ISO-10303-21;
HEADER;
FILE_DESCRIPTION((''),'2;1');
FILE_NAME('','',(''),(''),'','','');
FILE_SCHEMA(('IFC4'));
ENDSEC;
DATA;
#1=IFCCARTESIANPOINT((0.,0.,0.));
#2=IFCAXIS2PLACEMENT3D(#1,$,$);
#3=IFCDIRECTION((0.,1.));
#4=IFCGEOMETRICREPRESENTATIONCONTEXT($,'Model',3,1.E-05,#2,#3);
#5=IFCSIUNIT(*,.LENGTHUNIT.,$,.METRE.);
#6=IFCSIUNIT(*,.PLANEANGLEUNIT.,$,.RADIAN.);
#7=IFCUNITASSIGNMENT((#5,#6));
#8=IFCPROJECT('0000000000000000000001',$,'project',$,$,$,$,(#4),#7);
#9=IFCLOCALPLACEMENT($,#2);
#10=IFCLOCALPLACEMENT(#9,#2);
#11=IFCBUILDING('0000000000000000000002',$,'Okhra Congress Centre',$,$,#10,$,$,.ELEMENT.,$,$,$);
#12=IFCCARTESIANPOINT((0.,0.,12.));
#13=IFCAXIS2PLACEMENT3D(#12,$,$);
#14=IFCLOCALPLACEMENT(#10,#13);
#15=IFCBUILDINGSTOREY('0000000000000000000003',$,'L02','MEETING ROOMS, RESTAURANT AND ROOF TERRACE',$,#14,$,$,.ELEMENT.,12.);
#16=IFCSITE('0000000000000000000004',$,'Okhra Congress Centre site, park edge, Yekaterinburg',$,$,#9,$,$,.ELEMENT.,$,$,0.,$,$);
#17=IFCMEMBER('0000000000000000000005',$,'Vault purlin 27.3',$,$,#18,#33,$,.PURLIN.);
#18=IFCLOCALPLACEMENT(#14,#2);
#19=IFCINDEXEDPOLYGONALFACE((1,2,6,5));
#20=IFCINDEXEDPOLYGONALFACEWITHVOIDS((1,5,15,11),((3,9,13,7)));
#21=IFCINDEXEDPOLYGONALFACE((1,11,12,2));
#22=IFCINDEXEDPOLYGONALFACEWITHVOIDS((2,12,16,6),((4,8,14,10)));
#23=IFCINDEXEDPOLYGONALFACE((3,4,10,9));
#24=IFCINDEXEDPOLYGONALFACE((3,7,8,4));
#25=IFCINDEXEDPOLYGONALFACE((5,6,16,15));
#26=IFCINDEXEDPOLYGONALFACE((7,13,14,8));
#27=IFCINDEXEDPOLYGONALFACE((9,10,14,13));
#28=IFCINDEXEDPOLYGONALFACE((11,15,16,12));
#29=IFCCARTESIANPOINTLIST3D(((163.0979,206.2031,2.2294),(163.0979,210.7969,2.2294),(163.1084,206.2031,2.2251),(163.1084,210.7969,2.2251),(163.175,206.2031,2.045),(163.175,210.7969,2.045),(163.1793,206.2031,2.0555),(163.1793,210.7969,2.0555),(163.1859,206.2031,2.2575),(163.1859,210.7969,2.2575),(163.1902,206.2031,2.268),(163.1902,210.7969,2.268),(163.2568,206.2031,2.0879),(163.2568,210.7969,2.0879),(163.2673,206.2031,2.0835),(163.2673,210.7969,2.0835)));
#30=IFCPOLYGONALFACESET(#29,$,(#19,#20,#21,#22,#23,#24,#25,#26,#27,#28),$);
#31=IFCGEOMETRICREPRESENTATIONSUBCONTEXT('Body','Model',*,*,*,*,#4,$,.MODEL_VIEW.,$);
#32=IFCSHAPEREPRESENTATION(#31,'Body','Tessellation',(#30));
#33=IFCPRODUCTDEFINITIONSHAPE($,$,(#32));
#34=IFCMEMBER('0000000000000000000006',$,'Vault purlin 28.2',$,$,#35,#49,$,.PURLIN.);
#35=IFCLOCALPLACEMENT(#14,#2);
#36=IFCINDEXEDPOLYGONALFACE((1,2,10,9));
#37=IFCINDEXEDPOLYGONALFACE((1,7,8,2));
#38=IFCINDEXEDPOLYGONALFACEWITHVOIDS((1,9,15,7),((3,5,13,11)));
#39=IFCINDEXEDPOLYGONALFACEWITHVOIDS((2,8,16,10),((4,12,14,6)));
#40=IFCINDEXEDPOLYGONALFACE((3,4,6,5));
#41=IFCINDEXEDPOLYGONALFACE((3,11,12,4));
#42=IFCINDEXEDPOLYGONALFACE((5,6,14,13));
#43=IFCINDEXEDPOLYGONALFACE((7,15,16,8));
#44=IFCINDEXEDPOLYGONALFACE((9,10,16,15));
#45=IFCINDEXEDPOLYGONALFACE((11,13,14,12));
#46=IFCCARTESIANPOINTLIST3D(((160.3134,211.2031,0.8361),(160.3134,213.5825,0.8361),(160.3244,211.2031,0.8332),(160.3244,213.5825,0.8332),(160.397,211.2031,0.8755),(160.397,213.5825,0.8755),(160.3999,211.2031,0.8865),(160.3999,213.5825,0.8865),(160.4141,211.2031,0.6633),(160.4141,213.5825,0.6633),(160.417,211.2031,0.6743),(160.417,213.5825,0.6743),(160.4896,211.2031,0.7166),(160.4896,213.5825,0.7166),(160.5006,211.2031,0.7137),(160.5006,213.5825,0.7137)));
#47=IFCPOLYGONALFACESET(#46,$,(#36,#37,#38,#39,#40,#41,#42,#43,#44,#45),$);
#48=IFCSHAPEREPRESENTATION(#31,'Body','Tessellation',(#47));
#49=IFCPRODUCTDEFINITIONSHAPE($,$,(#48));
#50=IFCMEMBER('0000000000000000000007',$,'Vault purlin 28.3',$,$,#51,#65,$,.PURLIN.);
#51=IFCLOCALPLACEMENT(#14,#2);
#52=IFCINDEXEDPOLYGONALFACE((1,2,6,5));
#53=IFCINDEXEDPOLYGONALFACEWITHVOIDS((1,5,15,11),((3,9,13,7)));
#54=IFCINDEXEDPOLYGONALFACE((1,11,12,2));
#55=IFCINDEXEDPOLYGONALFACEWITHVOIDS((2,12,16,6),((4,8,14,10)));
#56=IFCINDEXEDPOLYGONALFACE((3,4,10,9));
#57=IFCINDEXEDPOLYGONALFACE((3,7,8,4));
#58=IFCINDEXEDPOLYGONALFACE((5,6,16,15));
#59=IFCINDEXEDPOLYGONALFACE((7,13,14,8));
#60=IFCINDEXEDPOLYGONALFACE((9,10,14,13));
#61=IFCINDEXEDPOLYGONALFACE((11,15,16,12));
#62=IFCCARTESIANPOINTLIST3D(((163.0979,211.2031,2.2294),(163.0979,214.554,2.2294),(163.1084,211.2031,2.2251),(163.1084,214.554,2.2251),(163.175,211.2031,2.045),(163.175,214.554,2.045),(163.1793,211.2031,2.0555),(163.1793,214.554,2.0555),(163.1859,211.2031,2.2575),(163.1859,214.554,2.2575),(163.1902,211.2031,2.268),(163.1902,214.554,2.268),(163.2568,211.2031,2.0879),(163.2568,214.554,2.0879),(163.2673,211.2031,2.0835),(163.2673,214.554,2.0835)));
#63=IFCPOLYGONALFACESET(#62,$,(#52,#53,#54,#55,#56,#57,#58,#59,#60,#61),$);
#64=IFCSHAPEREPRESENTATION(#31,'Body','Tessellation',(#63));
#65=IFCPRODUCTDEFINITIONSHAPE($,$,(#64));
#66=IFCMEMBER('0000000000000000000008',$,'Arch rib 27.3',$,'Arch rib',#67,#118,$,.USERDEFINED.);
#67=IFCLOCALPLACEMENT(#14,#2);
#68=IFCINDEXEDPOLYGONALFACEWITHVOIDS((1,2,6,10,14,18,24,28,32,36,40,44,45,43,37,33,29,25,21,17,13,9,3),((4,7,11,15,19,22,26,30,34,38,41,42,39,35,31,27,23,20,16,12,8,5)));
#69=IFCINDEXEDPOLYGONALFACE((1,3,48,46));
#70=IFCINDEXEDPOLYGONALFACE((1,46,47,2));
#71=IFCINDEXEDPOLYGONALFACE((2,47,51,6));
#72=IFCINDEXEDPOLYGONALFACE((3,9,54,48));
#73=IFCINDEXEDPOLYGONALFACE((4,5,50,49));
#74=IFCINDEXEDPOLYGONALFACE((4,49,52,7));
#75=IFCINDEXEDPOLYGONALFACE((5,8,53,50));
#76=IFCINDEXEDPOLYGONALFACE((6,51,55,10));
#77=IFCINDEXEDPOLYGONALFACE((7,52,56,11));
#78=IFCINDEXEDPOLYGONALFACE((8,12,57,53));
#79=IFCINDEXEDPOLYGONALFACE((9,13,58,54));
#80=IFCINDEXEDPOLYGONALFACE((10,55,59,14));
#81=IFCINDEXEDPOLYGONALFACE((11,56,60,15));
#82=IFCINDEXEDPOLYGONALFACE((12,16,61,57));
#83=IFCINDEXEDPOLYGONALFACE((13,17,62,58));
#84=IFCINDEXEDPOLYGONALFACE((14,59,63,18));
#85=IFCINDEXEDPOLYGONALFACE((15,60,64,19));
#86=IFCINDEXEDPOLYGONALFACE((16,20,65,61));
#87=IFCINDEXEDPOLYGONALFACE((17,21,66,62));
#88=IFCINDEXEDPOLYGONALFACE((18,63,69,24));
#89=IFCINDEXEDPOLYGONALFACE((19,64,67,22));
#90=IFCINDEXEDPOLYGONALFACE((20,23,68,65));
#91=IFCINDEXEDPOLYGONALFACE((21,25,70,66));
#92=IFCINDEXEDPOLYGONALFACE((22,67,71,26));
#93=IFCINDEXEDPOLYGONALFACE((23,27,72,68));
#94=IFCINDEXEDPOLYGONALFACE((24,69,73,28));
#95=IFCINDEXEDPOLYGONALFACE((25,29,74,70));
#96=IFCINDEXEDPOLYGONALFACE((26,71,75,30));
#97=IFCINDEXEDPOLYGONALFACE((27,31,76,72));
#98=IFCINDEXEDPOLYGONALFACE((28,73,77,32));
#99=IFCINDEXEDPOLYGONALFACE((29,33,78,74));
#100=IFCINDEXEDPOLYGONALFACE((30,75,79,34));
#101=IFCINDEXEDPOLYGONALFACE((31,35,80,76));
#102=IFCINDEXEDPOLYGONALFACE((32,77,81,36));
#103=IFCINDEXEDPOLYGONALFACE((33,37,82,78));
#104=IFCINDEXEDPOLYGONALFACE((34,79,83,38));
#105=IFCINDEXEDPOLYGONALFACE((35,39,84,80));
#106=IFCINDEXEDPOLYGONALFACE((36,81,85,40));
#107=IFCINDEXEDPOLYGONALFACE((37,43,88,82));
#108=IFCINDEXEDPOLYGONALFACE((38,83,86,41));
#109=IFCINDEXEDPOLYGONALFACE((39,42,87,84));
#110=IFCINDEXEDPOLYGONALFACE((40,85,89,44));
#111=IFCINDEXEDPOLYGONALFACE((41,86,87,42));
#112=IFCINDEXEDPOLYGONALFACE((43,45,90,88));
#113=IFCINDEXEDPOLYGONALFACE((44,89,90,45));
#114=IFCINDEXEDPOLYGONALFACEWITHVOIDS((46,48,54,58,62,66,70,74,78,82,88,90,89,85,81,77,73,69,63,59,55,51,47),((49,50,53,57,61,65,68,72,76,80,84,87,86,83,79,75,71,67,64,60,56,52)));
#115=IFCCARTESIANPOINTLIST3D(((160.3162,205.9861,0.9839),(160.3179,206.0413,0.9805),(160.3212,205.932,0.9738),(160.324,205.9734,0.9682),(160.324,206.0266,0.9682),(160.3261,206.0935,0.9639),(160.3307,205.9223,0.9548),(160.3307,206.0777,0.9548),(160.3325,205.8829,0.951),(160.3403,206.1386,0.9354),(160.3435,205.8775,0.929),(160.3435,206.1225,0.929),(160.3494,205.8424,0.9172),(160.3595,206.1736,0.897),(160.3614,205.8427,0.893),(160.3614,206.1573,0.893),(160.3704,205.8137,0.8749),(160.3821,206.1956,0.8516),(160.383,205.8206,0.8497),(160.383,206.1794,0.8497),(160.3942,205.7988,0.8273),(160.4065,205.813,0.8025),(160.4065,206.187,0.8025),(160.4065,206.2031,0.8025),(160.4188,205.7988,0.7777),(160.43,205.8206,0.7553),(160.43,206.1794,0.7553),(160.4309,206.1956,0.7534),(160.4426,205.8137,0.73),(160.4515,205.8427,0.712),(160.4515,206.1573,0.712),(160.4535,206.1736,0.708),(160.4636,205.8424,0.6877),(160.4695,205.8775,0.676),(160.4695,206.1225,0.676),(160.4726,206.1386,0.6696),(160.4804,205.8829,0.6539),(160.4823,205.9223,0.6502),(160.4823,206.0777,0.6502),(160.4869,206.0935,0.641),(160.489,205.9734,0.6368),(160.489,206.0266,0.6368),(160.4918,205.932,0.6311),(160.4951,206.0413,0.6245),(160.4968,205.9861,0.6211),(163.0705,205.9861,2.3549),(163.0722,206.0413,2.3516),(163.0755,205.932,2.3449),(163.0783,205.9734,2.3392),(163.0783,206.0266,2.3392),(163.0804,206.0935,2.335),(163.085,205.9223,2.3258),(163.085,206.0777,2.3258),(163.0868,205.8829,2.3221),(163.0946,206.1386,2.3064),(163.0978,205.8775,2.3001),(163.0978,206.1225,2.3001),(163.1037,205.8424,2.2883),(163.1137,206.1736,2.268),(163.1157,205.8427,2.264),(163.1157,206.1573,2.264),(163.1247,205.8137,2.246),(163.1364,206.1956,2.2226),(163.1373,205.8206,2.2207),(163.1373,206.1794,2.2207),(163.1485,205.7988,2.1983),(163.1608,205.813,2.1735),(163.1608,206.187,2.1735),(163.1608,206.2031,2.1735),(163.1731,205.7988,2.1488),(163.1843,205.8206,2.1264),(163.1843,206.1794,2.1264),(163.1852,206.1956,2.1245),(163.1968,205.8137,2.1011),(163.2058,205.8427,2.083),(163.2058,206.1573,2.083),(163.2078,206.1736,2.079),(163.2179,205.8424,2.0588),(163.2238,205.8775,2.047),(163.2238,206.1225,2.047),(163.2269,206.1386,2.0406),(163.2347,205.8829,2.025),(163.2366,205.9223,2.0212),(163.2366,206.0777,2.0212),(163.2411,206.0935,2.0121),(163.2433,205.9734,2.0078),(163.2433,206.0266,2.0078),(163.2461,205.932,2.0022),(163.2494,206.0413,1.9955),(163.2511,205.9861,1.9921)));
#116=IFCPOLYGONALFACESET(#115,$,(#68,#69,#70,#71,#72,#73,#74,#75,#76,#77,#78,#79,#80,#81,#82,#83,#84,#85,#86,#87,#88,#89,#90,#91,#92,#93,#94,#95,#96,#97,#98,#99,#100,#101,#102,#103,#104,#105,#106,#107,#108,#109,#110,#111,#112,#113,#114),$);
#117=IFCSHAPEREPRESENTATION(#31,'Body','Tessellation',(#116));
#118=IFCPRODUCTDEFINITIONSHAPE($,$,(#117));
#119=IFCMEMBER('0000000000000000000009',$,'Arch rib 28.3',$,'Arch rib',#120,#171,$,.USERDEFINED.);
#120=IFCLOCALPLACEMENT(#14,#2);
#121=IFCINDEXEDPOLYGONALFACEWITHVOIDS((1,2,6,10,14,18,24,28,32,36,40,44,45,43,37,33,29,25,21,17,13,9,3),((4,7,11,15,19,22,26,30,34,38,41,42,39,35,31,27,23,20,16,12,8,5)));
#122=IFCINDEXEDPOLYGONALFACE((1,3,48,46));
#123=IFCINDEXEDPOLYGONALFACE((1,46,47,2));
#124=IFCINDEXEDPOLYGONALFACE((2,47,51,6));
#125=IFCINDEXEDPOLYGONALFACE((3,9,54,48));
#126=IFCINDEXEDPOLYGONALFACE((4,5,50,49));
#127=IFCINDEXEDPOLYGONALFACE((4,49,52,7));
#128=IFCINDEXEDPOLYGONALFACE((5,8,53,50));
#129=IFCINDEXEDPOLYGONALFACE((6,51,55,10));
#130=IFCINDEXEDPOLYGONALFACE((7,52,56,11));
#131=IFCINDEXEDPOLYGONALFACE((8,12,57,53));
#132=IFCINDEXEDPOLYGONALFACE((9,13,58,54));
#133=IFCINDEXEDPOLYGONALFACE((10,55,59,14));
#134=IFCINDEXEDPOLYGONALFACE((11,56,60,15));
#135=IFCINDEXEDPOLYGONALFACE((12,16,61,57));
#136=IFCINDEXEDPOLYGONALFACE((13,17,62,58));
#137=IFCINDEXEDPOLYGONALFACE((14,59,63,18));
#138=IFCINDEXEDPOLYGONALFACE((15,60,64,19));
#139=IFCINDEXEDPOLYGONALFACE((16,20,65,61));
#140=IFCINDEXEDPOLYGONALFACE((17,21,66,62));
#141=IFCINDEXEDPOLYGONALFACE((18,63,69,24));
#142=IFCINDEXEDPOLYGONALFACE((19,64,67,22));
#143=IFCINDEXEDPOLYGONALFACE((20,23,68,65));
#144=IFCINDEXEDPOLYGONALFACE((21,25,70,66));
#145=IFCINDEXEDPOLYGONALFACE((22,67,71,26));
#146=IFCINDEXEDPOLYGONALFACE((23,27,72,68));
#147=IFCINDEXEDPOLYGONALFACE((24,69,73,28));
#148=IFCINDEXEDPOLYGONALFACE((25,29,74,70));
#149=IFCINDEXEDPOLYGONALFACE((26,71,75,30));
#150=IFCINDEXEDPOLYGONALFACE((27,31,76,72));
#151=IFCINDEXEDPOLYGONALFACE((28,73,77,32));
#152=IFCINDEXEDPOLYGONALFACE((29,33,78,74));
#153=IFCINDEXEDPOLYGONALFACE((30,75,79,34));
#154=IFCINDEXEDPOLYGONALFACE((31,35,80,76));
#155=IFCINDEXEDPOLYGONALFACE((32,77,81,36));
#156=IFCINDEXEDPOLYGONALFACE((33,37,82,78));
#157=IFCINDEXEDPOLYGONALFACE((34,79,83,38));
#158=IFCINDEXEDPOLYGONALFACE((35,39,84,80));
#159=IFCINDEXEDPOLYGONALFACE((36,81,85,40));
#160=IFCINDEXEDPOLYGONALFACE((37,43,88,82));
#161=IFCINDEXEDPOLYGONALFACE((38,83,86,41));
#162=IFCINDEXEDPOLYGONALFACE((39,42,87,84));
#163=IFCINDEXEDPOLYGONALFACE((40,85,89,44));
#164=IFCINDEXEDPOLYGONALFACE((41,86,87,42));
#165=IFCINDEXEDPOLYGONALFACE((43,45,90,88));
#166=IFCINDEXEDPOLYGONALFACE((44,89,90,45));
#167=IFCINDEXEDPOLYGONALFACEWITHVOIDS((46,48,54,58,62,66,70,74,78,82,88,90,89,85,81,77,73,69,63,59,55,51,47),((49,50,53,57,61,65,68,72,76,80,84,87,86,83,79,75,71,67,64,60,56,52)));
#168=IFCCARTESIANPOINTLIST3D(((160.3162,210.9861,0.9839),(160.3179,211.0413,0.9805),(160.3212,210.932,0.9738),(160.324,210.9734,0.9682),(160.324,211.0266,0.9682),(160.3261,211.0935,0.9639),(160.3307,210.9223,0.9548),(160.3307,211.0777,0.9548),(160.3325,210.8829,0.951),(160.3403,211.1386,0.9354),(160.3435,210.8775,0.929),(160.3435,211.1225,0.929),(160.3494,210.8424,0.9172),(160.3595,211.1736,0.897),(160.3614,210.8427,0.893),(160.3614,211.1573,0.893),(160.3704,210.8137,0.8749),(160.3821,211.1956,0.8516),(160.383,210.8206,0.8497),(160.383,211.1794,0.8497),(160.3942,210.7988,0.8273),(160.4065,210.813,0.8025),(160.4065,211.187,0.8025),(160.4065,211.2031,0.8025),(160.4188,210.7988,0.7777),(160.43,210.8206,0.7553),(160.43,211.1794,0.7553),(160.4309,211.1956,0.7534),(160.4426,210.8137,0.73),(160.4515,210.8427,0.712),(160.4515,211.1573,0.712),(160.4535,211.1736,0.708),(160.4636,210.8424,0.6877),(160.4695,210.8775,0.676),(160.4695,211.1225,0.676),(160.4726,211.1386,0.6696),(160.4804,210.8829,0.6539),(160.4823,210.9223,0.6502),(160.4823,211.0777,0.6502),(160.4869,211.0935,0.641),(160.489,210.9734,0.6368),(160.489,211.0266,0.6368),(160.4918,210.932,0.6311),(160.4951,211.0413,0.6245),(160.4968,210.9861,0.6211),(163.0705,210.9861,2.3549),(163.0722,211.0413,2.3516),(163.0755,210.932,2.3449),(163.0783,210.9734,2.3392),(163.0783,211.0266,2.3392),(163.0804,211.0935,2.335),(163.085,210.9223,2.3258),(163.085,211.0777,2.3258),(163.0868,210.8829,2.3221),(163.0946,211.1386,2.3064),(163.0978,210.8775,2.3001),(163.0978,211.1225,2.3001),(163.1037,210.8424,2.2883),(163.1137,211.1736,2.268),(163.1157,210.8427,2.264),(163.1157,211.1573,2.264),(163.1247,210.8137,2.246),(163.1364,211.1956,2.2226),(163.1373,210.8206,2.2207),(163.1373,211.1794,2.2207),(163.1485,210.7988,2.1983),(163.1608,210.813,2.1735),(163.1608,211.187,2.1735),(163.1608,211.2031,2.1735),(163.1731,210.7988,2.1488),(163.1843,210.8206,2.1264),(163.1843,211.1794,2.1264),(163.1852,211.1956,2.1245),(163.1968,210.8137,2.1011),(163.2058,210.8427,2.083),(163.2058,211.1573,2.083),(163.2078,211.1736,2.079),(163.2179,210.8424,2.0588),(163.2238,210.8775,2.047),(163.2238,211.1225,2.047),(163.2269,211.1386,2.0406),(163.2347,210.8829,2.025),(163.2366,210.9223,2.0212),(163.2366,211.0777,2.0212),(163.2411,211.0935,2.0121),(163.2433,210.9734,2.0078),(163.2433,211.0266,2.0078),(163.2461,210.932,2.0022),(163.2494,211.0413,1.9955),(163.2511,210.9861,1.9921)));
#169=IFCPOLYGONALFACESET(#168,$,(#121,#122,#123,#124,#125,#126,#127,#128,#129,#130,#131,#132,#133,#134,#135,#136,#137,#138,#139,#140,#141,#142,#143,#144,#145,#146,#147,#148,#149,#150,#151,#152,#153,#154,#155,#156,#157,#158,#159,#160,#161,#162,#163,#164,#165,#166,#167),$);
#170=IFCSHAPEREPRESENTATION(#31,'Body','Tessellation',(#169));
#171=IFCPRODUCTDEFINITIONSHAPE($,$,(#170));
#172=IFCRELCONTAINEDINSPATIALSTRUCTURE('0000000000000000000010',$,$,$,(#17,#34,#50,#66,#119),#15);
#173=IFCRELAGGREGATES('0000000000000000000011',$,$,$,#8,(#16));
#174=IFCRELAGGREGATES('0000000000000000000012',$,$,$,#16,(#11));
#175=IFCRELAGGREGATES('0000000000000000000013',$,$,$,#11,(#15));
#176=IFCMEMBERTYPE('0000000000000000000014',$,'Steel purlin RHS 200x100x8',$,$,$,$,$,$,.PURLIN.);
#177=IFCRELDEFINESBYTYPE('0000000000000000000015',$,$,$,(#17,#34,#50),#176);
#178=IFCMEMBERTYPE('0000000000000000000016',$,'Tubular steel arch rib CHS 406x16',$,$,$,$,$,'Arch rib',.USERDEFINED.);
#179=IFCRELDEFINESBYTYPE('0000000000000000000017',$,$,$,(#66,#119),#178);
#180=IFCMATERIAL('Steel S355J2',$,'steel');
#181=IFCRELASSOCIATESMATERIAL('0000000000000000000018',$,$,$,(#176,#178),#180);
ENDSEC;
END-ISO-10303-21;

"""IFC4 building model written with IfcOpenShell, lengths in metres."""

from ifc_helpers import new_model, si_unit, direction, frame, origin, origin_2d, place, context, subcontext, project, spatial, hollow_rectangle, hollow_circle, extrude, material, material_profile, profile_set, type_object, element, save


model = new_model("IFC4")

# Units and contexts
model_context = context("Model", 3, precision=1e-05, world=origin(), true_north=direction((0.0, 1.0)))
body_context = subcontext(model_context, "Body", "Model", "MODEL_VIEW")
ifc_project = project(units=[si_unit("LENGTHUNIT", "METRE"), si_unit("PLANEANGLEUNIT", "RADIAN")], contexts=[model_context])

# Site, building, storey
site_placement = place(None, origin())
site = spatial("IfcSite", under=ifc_project, at=site_placement, Name="Okhra Congress Centre site, park edge, Yekaterinburg", CompositionType="ELEMENT", RefElevation=0.0)
building_placement = place(site_placement, origin())
building = spatial("IfcBuilding", under=site, at=building_placement, Name="Okhra Congress Centre", CompositionType="ELEMENT")
storey_placement = place(building_placement, frame((0.0, 0.0, 12.0)))
storey = spatial("IfcBuildingStorey", under=building, at=storey_placement, Name="L02", Description="MEETING ROOMS, RESTAURANT AND ROOF TERRACE", CompositionType="ELEMENT", Elevation=12.0)

# Members
ifc_material_1 = material(Name="Steel S355J2", Category="steel")
ifc_material_profile_1 = material_profile(ifc_material_1, hollow_rectangle(XDim=0.1001, YDim=0.2, WallThickness=0.0081, at=origin_2d()), Name="RHS 200x100x8")
ifc_profile_set_1 = profile_set([ifc_material_profile_1], Name="Steel S355J2")
member_type_1 = type_object("IfcMemberType", Name="Steel purlin RHS 200x100x8", PredefinedType="PURLIN", material=ifc_profile_set_1)
for number, where, z_axis, x_axis, name in (
    (1, (163.1826, 206.2031, 2.1565), (0.0, 1.0, 0.0), (-0.922669, 0.0, -0.385593), "Vault purlin 27.3"),
):
    element("IfcMember", number, at=place(storey_placement, frame(where, z_axis=z_axis, x_axis=x_axis)), inside=storey, type_object=member_type_1, Name=name, PredefinedType="PURLIN", context=body_context, shape_type="SweptSolid", body=[
        extrude(hollow_rectangle(XDim=0.1001, YDim=0.2, WallThickness=0.0081, at=origin_2d()), origin(), (0.0, 0.0, 1.0), 4.5938),
    ])
member_1_placement = place(storey_placement, frame((160.407, 211.2031, 0.7749), z_axis=(0.0, 1.0, 0.0), x_axis=(-0.863917, 0.0, -0.503634)))
element("IfcMember", 2, at=member_1_placement, inside=storey, type_object=member_type_1, Name="Vault purlin 28.2", PredefinedType="PURLIN", context=body_context, shape_type="SweptSolid", body=[
    extrude(hollow_rectangle(XDim=0.1001, YDim=0.2, WallThickness=0.0081, at=origin_2d()), origin(), (0.0, 0.0, 1.0), 2.3794),
])
member_2_placement = place(storey_placement, frame((163.1826, 211.2031, 2.1565), z_axis=(0.0, 1.0, 0.0), x_axis=(-0.922669, 0.0, -0.385593)))
element("IfcMember", 3, at=member_2_placement, inside=storey, type_object=member_type_1, Name="Vault purlin 28.3", PredefinedType="PURLIN", context=body_context, shape_type="SweptSolid", body=[
    extrude(hollow_rectangle(XDim=0.1001, YDim=0.2, WallThickness=0.0081, at=origin_2d()), origin(), (0.0, 0.0, 1.0), 3.3508),
])
ifc_material_profile_2 = material_profile(ifc_material_1, hollow_circle(Radius=0.2031, WallThickness=0.0161, at=origin_2d()), Name="CHS 406.4x16")
ifc_profile_set_2 = profile_set([ifc_material_profile_2], Name="Steel S355J2")
member_type_2 = type_object("IfcMemberType", Name="Tubular steel arch rib CHS 406x16", ElementType="Arch rib", PredefinedType="USERDEFINED", material=ifc_profile_set_2)
for number, where, z_axis, x_axis, name in (
    (4, (160.4065, 206.0, 0.8025), (0.895219, 0.0, 0.445626), (0.0, 1.0, 0.0), "Arch rib 27.3"),
    (5, (160.4065, 211.0, 0.8025), (0.895219, 0.0, 0.445626), (0.0, 1.0, 0.0), "Arch rib 28.3"),
):
    element("IfcMember", number, at=place(storey_placement, frame(where, z_axis=z_axis, x_axis=x_axis)), inside=storey, type_object=member_type_2, Name=name, ObjectType="Arch rib", PredefinedType="USERDEFINED", context=body_context, shape_type="SweptSolid", body=[
        extrude(hollow_circle(Radius=0.2031, WallThickness=0.0161, at=origin_2d()), origin(), (0.0, 0.0, 1.0), 3.0767),
    ])

save(model, "model.ifc")
